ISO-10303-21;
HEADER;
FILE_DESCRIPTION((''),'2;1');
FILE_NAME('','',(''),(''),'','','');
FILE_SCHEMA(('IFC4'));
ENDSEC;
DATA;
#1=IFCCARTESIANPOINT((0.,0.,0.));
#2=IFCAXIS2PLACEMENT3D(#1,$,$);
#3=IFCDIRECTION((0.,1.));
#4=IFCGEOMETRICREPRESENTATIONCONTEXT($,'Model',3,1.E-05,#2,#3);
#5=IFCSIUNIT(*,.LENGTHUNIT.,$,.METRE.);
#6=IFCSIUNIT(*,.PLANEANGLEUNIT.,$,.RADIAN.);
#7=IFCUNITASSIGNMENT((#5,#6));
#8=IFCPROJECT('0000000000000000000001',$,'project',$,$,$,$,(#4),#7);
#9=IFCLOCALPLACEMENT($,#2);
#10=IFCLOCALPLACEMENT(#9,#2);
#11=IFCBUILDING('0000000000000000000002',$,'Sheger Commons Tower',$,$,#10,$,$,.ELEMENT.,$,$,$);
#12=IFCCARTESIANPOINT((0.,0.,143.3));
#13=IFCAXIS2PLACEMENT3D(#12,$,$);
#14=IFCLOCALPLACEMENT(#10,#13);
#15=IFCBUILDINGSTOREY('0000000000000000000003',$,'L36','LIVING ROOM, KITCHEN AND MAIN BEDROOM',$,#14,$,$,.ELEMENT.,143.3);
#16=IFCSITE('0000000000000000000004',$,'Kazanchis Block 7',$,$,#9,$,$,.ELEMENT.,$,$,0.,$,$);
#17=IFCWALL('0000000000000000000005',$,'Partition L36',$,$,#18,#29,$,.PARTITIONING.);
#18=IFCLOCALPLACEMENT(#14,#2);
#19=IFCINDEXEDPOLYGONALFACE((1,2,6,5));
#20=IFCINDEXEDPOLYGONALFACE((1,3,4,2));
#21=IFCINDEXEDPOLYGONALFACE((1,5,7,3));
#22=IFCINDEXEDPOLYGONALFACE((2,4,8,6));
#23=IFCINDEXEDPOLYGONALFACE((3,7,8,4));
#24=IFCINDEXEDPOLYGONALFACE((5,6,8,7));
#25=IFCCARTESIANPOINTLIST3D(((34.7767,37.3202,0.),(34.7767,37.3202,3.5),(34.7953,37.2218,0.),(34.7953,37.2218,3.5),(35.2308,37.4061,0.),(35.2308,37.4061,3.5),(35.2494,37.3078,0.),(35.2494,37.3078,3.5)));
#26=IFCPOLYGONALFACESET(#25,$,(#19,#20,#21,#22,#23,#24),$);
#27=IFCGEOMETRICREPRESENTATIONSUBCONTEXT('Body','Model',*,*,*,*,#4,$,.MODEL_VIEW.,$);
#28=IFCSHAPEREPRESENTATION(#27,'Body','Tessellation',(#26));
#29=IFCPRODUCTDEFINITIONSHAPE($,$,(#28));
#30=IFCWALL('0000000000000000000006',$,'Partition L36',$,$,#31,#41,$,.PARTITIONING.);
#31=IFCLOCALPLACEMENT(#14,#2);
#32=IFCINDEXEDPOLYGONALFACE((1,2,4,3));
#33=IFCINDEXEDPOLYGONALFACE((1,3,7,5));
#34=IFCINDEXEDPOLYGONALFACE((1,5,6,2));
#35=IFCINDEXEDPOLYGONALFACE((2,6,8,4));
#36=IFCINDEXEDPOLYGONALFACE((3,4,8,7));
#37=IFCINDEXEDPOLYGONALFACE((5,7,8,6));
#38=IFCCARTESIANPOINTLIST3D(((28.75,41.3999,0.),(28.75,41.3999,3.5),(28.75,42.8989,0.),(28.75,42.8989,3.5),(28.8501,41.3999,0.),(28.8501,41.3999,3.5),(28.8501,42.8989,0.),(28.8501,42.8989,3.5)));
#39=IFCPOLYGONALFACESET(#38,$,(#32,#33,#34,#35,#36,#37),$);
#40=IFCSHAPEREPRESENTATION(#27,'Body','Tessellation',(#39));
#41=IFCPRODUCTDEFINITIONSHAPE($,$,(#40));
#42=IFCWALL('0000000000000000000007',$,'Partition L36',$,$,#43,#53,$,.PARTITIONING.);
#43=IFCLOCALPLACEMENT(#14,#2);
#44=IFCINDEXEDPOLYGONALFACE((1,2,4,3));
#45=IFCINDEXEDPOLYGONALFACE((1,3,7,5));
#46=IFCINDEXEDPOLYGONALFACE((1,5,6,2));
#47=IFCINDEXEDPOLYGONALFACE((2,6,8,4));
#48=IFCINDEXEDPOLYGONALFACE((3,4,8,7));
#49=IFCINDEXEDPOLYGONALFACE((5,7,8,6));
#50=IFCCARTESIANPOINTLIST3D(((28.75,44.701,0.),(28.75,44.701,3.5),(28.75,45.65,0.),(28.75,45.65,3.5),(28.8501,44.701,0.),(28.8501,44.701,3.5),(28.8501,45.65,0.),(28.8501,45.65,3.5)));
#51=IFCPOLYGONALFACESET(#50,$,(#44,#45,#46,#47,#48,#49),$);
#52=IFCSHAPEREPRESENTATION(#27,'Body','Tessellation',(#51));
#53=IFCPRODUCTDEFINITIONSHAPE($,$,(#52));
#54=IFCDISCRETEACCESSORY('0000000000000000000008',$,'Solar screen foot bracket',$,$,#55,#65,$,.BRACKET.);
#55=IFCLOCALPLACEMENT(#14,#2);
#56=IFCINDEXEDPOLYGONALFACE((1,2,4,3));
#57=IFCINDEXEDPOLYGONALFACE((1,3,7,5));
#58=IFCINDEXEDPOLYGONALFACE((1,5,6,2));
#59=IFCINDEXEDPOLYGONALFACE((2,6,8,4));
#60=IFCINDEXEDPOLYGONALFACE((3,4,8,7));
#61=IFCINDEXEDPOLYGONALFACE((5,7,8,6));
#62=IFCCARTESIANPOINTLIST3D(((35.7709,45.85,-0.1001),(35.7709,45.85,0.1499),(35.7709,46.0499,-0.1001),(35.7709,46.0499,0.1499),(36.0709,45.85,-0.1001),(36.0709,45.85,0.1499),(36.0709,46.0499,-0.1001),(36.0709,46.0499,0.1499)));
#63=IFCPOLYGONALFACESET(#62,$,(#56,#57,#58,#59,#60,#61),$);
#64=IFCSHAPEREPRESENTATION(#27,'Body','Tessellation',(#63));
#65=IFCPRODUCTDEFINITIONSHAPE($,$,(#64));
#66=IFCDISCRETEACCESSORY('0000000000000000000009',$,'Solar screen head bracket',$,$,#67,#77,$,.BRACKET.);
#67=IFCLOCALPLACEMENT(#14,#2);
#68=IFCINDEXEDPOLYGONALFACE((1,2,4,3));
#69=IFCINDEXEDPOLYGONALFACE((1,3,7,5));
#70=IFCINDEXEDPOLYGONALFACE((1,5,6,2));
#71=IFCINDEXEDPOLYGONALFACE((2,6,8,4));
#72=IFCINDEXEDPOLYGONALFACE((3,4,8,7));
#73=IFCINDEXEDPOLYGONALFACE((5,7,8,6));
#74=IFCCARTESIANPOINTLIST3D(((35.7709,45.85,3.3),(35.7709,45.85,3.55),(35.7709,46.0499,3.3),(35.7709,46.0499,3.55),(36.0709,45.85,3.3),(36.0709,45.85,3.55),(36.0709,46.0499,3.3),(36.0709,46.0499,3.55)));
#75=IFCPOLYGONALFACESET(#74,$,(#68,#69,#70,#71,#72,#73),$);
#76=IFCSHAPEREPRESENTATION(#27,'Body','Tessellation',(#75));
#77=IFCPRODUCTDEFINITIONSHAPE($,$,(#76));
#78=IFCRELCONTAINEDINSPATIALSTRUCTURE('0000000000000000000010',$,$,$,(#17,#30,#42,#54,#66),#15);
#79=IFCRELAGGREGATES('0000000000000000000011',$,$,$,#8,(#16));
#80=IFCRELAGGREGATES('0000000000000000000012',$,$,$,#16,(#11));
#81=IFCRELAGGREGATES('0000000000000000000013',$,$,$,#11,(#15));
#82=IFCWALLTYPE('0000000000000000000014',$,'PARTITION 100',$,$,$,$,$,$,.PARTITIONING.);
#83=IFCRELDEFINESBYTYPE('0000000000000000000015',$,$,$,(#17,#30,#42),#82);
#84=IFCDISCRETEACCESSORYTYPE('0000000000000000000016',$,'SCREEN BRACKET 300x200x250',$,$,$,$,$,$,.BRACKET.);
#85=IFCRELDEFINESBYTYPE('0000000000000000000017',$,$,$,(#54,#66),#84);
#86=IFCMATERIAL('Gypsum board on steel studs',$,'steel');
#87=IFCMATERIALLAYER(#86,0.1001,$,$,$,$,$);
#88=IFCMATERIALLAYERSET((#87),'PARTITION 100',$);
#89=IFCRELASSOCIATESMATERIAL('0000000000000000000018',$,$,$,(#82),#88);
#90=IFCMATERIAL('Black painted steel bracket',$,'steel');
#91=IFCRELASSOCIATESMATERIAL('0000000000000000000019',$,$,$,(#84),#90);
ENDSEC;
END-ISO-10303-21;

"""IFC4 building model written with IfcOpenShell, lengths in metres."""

from ifc_helpers import new_model, si_unit, direction, frame, frame_2d, origin, origin_2d, place, context, subcontext, project, spatial, rectangle, extrude, material, layer, layer_set, type_object, element, save


model = new_model("IFC4")

# Units and contexts
model_context = context("Model", 3, precision=1e-05, world=origin(), true_north=direction((0.0, 1.0)))
body_context = subcontext(model_context, "Body", "Model", "MODEL_VIEW")
ifc_project = project(units=[si_unit("LENGTHUNIT", "METRE"), si_unit("PLANEANGLEUNIT", "RADIAN")], contexts=[model_context])

# Site, building, storey
site_placement = place(None, origin())
site = spatial("IfcSite", under=ifc_project, at=site_placement, Name="Kazanchis Block 7", CompositionType="ELEMENT", RefElevation=0.0)
building_placement = place(site_placement, origin())
building = spatial("IfcBuilding", under=site, at=building_placement, Name="Sheger Commons Tower", CompositionType="ELEMENT")
storey_placement = place(building_placement, frame((0.0, 0.0, 143.3)))
storey = spatial("IfcBuildingStorey", under=building, at=storey_placement, Name="L36", Description="LIVING ROOM, KITCHEN AND MAIN BEDROOM", CompositionType="ELEMENT", Elevation=143.3)

# Walls
ifc_material_1 = material(Name="Gypsum board on steel studs", Category="steel")
ifc_layer_1 = layer(ifc_material_1, 0.1001)
ifc_layer_set_1 = layer_set([ifc_layer_1], Name="PARTITION 100")
wall_type_1 = type_object("IfcWallType", Name="PARTITION 100", PredefinedType="PARTITIONING", material=ifc_layer_set_1)
wall_1_placement = place(storey_placement, frame((35.24, 37.3569, 0.0), z_axis=(0.0, 0.0, 1.0), x_axis=(-0.98256, -0.185947, 0.0)))
element("IfcWall", 1, at=wall_1_placement, inside=storey, type_object=wall_type_1, Name="Partition L36", PredefinedType="PARTITIONING", context=body_context, shape_type="SweptSolid", body=[
    extrude(rectangle(XDim=0.4622, YDim=0.1001, at=frame_2d((0.231, 0.0))), origin(), (0.0, 0.0, 1.0), 3.5),
])
wall_2_placement = place(storey_placement, frame((28.8, 41.3999, 0.0), z_axis=(0.0, 0.0, 1.0), x_axis=(0.0, 1.0, 0.0)))
element("IfcWall", 2, at=wall_2_placement, inside=storey, type_object=wall_type_1, Name="Partition L36", PredefinedType="PARTITIONING", context=body_context, shape_type="SweptSolid", body=[
    extrude(rectangle(XDim=1.499, YDim=0.1001, at=frame_2d((0.7495, 0.0))), origin(), (0.0, 0.0, 1.0), 3.5),
])
wall_3_placement = place(storey_placement, frame((28.8, 44.7009, 0.0), z_axis=(0.0, 0.0, 1.0), x_axis=(0.0, 1.0, 0.0)))
element("IfcWall", 3, at=wall_3_placement, inside=storey, type_object=wall_type_1, Name="Partition L36", PredefinedType="PARTITIONING", context=body_context, shape_type="SweptSolid", body=[
    extrude(rectangle(XDim=0.949, YDim=0.1001, at=frame_2d((0.4746, 0.0))), origin(), (0.0, 0.0, 1.0), 3.5),
])

# Discrete accessories
ifc_material_2 = material(Name="Black painted steel bracket", Category="steel")
discrete_accessory_type = type_object("IfcDiscreteAccessoryType", Name="SCREEN BRACKET 300x200x250", PredefinedType="BRACKET", material=ifc_material_2)
for number, where, z_axis, x_axis, name in (
    (4, (35.9209, 45.95, -0.1001), (0.0, 0.0, 1.0), (-1.0, 0.0, 0.0), "Solar screen foot bracket"),
    (5, (35.9209, 45.95, 3.3), (0.0, 0.0, 1.0), (-1.0, 0.0, 0.0), "Solar screen head bracket"),
):
    element("IfcDiscreteAccessory", number, at=place(storey_placement, frame(where, z_axis=z_axis, x_axis=x_axis)), inside=storey, type_object=discrete_accessory_type, Name=name, PredefinedType="BRACKET", context=body_context, shape_type="SweptSolid", body=[
        extrude(rectangle(XDim=0.3, YDim=0.2, at=origin_2d()), origin(), (0.0, 0.0, 1.0), 0.25),
    ])

save(model, "model.ifc")
